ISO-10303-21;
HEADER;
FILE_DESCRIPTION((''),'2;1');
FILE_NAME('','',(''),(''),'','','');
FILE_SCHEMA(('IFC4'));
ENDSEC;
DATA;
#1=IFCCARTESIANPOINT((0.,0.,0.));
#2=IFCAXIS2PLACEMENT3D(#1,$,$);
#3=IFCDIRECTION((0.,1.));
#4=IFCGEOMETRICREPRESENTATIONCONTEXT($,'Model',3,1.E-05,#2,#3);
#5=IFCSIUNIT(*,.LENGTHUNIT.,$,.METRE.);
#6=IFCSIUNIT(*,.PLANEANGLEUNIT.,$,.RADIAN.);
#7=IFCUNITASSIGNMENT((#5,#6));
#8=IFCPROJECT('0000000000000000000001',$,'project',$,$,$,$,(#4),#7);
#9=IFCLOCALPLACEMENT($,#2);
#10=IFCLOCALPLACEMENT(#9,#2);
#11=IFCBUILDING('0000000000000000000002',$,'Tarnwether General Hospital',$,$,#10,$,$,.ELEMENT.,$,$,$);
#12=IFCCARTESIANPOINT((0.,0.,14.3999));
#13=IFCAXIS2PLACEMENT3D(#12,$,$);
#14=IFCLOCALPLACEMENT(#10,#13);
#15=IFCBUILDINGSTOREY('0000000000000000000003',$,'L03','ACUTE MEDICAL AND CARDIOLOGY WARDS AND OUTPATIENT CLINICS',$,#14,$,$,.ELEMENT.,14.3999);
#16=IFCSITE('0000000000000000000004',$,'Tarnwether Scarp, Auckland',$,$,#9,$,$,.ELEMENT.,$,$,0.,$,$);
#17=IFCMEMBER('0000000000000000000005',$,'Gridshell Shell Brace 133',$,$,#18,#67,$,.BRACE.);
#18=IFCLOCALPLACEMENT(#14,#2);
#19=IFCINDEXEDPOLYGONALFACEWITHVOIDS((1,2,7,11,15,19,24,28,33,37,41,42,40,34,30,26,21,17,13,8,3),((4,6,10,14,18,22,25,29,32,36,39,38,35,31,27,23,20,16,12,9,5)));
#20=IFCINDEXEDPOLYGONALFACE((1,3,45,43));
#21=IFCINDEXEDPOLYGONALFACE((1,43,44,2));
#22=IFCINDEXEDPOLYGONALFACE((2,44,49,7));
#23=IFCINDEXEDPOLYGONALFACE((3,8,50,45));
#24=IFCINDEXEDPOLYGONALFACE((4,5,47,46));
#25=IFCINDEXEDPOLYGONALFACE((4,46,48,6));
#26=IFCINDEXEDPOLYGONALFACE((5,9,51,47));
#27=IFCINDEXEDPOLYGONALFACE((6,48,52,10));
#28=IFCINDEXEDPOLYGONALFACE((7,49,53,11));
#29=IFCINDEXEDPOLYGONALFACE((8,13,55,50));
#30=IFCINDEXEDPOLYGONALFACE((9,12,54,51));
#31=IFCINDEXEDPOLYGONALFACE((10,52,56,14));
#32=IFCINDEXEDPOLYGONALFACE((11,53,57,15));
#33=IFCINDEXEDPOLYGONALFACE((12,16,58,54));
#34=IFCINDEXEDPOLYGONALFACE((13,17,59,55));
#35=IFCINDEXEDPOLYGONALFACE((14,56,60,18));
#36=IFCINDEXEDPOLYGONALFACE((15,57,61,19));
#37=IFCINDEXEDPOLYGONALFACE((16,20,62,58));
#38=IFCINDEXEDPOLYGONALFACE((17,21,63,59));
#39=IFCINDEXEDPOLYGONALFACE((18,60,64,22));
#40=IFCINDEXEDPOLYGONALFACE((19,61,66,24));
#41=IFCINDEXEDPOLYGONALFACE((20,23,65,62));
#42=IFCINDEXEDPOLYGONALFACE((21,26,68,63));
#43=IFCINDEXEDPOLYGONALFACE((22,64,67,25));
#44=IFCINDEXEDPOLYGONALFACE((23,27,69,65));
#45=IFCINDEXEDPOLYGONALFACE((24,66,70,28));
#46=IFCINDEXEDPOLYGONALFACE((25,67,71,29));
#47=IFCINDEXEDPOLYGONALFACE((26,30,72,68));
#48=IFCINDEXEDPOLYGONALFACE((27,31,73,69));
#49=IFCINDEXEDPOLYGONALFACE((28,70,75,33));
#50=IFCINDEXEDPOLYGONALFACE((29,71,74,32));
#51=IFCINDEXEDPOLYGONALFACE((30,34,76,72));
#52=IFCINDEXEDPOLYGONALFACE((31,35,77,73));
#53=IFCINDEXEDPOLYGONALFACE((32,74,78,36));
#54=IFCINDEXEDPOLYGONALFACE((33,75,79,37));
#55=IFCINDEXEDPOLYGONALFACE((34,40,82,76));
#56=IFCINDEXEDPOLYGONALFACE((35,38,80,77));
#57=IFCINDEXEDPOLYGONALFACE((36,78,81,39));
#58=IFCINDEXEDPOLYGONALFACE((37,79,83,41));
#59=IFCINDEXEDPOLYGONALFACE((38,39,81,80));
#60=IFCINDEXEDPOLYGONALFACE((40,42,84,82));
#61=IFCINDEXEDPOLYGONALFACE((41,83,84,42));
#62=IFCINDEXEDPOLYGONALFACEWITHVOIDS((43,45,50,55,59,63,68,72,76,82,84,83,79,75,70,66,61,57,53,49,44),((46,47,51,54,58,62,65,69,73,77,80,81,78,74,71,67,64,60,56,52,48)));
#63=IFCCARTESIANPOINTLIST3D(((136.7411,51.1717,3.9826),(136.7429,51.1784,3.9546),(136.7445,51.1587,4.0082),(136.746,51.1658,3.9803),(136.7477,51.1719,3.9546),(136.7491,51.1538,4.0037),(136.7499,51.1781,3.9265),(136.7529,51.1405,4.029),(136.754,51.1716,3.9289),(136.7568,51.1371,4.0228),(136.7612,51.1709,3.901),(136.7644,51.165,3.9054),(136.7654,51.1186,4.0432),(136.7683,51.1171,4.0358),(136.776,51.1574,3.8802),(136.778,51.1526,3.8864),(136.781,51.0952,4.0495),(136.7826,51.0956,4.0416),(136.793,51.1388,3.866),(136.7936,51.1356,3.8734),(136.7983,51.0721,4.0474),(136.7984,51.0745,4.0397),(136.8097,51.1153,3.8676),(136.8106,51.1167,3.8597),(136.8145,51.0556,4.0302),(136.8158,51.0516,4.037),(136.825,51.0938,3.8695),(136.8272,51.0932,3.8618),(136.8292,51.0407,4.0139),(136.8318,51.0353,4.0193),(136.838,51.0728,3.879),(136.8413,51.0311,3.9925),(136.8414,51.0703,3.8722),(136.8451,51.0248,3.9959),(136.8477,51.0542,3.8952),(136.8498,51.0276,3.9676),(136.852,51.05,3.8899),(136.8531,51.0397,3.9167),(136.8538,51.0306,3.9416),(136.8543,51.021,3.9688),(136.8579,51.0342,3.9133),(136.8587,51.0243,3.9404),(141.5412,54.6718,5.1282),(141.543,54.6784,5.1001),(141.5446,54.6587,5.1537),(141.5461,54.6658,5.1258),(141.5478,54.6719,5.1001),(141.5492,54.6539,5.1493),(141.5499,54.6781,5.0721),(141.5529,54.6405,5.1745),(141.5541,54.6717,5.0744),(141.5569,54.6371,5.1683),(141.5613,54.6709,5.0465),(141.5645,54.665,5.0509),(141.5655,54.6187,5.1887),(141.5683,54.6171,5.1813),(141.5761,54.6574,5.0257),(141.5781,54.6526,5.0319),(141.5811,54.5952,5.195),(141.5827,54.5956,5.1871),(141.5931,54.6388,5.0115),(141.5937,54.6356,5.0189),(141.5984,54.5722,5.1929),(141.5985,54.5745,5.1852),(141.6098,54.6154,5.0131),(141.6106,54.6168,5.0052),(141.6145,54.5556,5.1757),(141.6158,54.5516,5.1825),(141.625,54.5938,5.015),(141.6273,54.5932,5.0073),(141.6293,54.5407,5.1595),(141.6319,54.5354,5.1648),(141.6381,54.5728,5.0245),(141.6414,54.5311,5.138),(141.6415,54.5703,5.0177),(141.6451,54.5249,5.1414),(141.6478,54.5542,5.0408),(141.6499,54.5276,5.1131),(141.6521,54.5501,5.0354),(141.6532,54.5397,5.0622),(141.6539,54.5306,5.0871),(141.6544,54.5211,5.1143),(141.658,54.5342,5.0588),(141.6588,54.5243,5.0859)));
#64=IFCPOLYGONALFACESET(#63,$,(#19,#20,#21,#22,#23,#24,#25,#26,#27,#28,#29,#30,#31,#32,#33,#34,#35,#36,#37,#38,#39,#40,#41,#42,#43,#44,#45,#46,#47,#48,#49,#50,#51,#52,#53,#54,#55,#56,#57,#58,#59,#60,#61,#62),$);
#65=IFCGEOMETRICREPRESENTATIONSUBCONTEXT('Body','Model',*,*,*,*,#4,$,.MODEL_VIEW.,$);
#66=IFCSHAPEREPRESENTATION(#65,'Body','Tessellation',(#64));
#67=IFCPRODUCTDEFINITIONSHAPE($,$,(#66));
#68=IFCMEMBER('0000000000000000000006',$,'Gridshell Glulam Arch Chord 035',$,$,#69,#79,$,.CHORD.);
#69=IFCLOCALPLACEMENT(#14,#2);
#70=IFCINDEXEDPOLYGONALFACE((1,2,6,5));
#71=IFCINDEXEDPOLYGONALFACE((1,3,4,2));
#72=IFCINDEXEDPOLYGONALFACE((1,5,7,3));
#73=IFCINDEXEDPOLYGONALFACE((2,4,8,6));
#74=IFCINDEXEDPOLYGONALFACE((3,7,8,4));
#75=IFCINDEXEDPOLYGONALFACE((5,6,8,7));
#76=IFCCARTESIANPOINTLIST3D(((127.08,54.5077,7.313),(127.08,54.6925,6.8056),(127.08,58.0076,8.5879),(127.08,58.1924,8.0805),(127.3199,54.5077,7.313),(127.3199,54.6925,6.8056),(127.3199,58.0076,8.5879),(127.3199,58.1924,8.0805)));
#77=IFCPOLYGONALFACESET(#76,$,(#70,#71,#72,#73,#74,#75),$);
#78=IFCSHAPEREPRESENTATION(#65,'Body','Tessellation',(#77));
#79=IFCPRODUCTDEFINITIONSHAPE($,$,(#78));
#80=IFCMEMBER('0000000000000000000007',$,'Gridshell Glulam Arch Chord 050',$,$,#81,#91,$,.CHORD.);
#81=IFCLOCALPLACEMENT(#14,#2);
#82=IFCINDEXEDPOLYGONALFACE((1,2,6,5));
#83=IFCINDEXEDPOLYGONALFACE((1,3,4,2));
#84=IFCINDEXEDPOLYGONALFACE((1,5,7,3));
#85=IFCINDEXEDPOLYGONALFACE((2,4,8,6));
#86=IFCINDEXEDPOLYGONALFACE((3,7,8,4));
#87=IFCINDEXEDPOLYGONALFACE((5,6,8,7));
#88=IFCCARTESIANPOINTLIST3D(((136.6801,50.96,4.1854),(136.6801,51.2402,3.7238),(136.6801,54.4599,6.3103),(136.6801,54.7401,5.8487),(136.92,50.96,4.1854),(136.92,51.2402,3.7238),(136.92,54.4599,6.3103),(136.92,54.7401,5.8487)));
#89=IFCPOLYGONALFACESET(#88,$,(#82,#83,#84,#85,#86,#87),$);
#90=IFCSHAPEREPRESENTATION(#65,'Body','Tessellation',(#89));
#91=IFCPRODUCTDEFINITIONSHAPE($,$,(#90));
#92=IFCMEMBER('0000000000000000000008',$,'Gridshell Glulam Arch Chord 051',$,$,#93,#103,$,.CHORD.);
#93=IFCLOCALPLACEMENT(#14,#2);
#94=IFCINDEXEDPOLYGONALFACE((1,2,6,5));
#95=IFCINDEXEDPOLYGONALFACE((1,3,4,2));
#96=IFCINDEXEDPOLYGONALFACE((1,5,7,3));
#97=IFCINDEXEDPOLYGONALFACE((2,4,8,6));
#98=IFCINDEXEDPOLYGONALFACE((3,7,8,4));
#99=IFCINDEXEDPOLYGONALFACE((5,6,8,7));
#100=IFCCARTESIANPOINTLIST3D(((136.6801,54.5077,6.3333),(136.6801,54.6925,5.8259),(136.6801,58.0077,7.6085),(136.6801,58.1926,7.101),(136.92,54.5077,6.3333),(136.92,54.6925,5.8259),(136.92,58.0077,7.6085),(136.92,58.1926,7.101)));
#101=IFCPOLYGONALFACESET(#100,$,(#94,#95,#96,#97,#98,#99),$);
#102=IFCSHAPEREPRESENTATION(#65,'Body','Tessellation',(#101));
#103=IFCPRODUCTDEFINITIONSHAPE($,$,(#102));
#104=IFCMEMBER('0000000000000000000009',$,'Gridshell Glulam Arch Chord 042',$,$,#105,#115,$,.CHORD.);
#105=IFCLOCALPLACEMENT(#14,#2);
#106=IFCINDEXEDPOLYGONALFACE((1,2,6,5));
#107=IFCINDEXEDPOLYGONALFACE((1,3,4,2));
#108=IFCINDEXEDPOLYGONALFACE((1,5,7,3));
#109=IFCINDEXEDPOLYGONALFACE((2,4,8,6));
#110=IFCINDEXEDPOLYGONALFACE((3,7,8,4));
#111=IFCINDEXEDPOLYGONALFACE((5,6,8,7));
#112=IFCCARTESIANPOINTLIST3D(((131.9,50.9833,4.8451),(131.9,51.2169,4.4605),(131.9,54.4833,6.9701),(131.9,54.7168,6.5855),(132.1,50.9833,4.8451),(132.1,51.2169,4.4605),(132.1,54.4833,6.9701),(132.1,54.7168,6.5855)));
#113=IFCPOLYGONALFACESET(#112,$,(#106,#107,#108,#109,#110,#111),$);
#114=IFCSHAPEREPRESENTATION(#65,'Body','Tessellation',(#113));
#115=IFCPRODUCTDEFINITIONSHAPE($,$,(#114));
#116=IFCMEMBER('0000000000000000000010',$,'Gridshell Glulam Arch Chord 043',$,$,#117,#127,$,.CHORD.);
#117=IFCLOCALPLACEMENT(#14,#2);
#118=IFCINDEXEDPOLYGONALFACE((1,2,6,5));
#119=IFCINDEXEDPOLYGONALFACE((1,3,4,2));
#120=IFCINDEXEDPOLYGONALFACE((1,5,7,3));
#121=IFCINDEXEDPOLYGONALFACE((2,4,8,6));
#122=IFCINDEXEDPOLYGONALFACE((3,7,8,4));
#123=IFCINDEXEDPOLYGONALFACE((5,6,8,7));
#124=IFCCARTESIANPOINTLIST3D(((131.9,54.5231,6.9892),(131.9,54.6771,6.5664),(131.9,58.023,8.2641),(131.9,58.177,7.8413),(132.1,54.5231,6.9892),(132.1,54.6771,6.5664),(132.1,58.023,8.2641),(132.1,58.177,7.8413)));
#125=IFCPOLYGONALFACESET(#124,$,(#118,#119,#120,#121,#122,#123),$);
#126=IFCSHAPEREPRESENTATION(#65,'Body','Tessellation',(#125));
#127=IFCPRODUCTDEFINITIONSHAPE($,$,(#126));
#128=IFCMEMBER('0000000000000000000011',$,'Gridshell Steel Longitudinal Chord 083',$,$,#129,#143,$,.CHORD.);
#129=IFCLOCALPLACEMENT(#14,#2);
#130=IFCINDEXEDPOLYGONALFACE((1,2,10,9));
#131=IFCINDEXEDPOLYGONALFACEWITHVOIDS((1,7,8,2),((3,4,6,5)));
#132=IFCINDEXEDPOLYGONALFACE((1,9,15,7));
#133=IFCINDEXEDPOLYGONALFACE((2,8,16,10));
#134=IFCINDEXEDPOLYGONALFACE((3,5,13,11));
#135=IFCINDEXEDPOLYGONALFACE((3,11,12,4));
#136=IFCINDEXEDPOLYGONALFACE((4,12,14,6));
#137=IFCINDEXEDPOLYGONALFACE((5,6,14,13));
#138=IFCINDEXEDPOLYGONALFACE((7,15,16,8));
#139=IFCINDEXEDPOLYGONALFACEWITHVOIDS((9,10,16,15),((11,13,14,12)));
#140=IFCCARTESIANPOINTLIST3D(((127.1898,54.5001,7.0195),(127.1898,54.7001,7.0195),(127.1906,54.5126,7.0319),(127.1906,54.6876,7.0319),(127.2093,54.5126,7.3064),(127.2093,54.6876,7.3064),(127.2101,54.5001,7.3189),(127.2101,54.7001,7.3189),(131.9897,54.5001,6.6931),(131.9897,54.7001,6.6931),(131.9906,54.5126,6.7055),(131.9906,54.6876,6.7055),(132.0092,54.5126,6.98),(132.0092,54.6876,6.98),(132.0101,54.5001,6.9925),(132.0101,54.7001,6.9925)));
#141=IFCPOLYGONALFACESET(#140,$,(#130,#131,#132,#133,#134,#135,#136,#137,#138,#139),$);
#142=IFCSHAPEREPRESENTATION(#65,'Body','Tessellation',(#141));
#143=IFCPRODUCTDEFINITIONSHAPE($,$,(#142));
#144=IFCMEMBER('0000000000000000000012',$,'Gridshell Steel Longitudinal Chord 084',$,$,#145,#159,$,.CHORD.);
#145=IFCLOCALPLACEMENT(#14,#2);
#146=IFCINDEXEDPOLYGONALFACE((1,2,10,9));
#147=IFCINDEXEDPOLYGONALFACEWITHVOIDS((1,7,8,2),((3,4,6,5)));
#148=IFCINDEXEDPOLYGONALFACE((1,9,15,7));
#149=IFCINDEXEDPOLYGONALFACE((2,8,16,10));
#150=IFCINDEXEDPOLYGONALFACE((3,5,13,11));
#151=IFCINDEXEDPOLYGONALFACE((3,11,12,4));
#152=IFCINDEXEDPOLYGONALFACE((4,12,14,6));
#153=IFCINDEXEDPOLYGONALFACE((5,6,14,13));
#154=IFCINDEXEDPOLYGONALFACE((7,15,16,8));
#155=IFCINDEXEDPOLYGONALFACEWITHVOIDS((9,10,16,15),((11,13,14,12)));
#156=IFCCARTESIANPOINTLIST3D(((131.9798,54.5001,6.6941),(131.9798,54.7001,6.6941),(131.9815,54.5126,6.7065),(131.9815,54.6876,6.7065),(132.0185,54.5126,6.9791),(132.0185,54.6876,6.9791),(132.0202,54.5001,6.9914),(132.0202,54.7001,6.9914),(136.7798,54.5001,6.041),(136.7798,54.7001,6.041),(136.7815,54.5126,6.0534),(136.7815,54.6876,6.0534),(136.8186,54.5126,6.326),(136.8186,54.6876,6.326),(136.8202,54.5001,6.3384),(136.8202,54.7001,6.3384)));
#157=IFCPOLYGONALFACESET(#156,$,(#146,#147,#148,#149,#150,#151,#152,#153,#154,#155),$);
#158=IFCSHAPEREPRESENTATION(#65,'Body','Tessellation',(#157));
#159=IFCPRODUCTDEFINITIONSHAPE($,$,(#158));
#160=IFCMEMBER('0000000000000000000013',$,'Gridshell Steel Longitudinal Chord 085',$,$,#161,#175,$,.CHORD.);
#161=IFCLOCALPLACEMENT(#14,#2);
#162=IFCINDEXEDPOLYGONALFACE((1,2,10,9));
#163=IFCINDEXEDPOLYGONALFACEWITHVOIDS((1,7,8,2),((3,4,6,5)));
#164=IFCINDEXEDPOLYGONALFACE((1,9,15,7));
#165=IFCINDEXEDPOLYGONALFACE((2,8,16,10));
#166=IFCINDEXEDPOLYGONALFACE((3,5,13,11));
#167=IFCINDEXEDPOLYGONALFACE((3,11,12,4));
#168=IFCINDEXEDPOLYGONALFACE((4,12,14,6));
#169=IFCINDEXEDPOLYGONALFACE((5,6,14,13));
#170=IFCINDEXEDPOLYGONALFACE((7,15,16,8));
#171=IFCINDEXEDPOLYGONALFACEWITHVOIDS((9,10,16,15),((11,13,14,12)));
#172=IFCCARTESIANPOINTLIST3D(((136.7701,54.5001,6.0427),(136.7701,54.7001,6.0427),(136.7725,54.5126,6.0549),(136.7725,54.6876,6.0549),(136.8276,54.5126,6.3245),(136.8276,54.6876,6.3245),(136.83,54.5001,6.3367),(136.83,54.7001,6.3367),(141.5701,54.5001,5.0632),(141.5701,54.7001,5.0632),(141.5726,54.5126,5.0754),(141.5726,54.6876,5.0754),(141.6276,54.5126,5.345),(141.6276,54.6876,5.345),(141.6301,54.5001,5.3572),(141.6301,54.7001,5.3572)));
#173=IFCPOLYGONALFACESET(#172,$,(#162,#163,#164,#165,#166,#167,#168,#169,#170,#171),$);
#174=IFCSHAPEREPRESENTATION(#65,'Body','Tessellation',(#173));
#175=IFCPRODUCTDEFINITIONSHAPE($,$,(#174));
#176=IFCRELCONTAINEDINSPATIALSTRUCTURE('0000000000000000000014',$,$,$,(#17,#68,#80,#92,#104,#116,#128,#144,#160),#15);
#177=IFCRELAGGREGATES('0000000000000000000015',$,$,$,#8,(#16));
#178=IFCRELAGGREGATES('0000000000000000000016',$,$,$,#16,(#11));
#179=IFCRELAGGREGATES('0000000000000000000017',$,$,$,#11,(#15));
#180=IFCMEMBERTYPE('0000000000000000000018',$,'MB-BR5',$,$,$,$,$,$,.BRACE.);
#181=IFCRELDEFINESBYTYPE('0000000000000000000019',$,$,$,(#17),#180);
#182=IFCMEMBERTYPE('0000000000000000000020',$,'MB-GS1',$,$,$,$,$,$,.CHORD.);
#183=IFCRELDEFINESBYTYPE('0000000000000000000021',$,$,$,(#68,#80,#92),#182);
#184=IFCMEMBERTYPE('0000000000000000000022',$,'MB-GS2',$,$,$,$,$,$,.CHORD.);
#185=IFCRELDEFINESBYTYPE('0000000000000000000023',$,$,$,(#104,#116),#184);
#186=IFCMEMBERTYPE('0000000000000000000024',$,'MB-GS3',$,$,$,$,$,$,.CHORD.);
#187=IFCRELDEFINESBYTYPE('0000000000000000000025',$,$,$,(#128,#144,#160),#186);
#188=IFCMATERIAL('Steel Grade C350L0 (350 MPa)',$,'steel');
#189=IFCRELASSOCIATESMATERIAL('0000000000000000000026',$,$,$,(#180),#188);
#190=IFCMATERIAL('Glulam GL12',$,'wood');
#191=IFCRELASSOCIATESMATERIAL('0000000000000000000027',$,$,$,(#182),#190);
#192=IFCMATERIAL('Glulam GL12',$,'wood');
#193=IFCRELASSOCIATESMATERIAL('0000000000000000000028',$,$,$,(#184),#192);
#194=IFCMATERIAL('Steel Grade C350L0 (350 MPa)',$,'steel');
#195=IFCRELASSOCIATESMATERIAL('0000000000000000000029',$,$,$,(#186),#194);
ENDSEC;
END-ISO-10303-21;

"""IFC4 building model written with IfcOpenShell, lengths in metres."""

from ifc_helpers import new_model, si_unit, direction, frame, origin, origin_2d, place, context, subcontext, project, spatial, rectangle, hollow_rectangle, hollow_circle, extrude, material, material_profile, profile_set, type_object, element, save


model = new_model("IFC4")

# Units and contexts
model_context = context("Model", 3, precision=1e-05, world=origin(), true_north=direction((0.0, 1.0)))
body_context = subcontext(model_context, "Body", "Model", "MODEL_VIEW")
ifc_project = project(units=[si_unit("LENGTHUNIT", "METRE"), si_unit("PLANEANGLEUNIT", "RADIAN")], contexts=[model_context])

# Site, building, storey
site_placement = place(None, origin())
site = spatial("IfcSite", under=ifc_project, at=site_placement, Name="Tarnwether Scarp, Auckland", CompositionType="ELEMENT", RefElevation=0.0)
building_placement = place(site_placement, origin())
building = spatial("IfcBuilding", under=site, at=building_placement, Name="Tarnwether General Hospital", CompositionType="ELEMENT")
storey_placement = place(building_placement, frame((0.0, 0.0, 14.3999)))
storey = spatial("IfcBuildingStorey", under=building, at=storey_placement, Name="L03", Description="ACUTE MEDICAL AND CARDIOLOGY WARDS AND OUTPATIENT CLINICS", CompositionType="ELEMENT", Elevation=14.3999)

# Members
ifc_material_1 = material(Name="Steel Grade C350L0 (350 MPa)", Category="steel")
ifc_material_profile_1 = material_profile(ifc_material_1, hollow_circle(Radius=0.0969, WallThickness=0.0081, at=origin_2d()), Name="CHS193.7x8.0")
ifc_profile_set_1 = profile_set([ifc_material_profile_1], Name="Steel Grade C350L0 (350 MPa)")
member_type_1 = type_object("IfcMemberType", Name="MB-BR5", PredefinedType="BRACE", material=ifc_profile_set_1)
member_1_placement = place(storey_placement, frame((136.8, 51.1001, 3.9546), z_axis=(0.793395, 0.578511, 0.18934), x_axis=(-0.589168, 0.80801, 0.0)))
element("IfcMember", 1, at=member_1_placement, inside=storey, type_object=member_type_1, Name="Gridshell Shell Brace 133", PredefinedType="BRACE", context=body_context, shape_type="SweptSolid", body=[
    extrude(hollow_circle(Radius=0.0969, WallThickness=0.0081, at=origin_2d()), origin(), (0.0, 0.0, 1.0), 6.05),
])
ifc_material_2 = material(Name="Glulam GL12", Category="wood")
ifc_material_profile_2 = material_profile(ifc_material_2, rectangle(XDim=0.24, YDim=0.54, at=origin_2d()), Name="GL12-240x540")
ifc_profile_set_2 = profile_set([ifc_material_profile_2], Name="Glulam GL12")
member_type_2 = type_object("IfcMemberType", Name="MB-GS1", PredefinedType="CHORD", material=ifc_profile_set_2)
member_2_placement = place(storey_placement, frame((127.2, 54.6001, 7.0593), z_axis=(0.0, 0.939606, 0.342259), x_axis=(-1.0, 0.0, 0.0)))
element("IfcMember", 2, at=member_2_placement, inside=storey, type_object=member_type_2, Name="Gridshell Glulam Arch Chord 035", PredefinedType="CHORD", context=body_context, shape_type="SweptSolid", body=[
    extrude(rectangle(XDim=0.24, YDim=0.54, at=origin_2d()), origin(), (0.0, 0.0, 1.0), 3.7249),
])
member_3_placement = place(storey_placement, frame((136.8, 51.1001, 3.9546), z_axis=(0.0, 0.854788, 0.518978), x_axis=(-1.0, 0.0, 0.0)))
element("IfcMember", 3, at=member_3_placement, inside=storey, type_object=member_type_2, Name="Gridshell Glulam Arch Chord 050", PredefinedType="CHORD", context=body_context, shape_type="SweptSolid", body=[
    extrude(rectangle(XDim=0.24, YDim=0.54, at=origin_2d()), origin(), (0.0, 0.0, 1.0), 4.0945),
])
member_4_placement = place(storey_placement, frame((136.8, 54.6001, 6.0796), z_axis=(0.0, 0.939585, 0.342317), x_axis=(-1.0, 0.0, 0.0)))
element("IfcMember", 4, at=member_4_placement, inside=storey, type_object=member_type_2, Name="Gridshell Glulam Arch Chord 051", PredefinedType="CHORD", context=body_context, shape_type="SweptSolid", body=[
    extrude(rectangle(XDim=0.24, YDim=0.54, at=origin_2d()), origin(), (0.0, 0.0, 1.0), 3.7251),
])
ifc_material_3 = material(Name="Glulam GL12", Category="wood")
ifc_material_profile_3 = material_profile(ifc_material_3, rectangle(XDim=0.2, YDim=0.45, at=origin_2d()), Name="GL12-200x450")
ifc_profile_set_3 = profile_set([ifc_material_profile_3], Name="Glulam GL12")
member_type_3 = type_object("IfcMemberType", Name="MB-GS2", PredefinedType="CHORD", material=ifc_profile_set_3)
member_5_placement = place(storey_placement, frame((132.0, 51.1001, 4.6528), z_axis=(0.0, 0.854788, 0.518978), x_axis=(-1.0, 0.0, 0.0)))
element("IfcMember", 5, at=member_5_placement, inside=storey, type_object=member_type_3, Name="Gridshell Glulam Arch Chord 042", PredefinedType="CHORD", context=body_context, shape_type="SweptSolid", body=[
    extrude(rectangle(XDim=0.2, YDim=0.45, at=origin_2d()), origin(), (0.0, 0.0, 1.0), 4.0945),
])
member_6_placement = place(storey_placement, frame((132.0, 54.6001, 6.7778), z_axis=(0.0, 0.939606, 0.342259), x_axis=(-1.0, 0.0, 0.0)))
element("IfcMember", 6, at=member_6_placement, inside=storey, type_object=member_type_3, Name="Gridshell Glulam Arch Chord 043", PredefinedType="CHORD", context=body_context, shape_type="SweptSolid", body=[
    extrude(rectangle(XDim=0.2, YDim=0.45, at=origin_2d()), origin(), (0.0, 0.0, 1.0), 3.7249),
])
ifc_material_4 = material(Name="Steel Grade C350L0 (350 MPa)", Category="steel")
ifc_material_profile_4 = material_profile(ifc_material_4, hollow_rectangle(XDim=0.2, YDim=0.3, WallThickness=0.0125, at=origin_2d()), Name="RHS300x200x12.5")
ifc_profile_set_4 = profile_set([ifc_material_profile_4], Name="Steel Grade C350L0 (350 MPa)")
member_type_4 = type_object("IfcMemberType", Name="MB-GS3", PredefinedType="CHORD", material=ifc_profile_set_4)
member_7_placement = place(storey_placement, frame((127.2, 54.6001, 7.1692), z_axis=(0.997696, 0.0, -0.067846), x_axis=(0.0, 1.0, 0.0)))
element("IfcMember", 7, at=member_7_placement, inside=storey, type_object=member_type_4, Name="Gridshell Steel Longitudinal Chord 083", PredefinedType="CHORD", context=body_context, shape_type="SweptSolid", body=[
    extrude(hollow_rectangle(XDim=0.2, YDim=0.3, WallThickness=0.0125, at=origin_2d()), origin(), (0.0, 0.0, 1.0), 4.811),
])
member_8_placement = place(storey_placement, frame((132.0, 54.6001, 6.8428), z_axis=(0.990871, 0.0, -0.134814), x_axis=(0.0, 1.0, 0.0)))
element("IfcMember", 8, at=member_8_placement, inside=storey, type_object=member_type_4, Name="Gridshell Steel Longitudinal Chord 084", PredefinedType="CHORD", context=body_context, shape_type="SweptSolid", body=[
    extrude(hollow_rectangle(XDim=0.2, YDim=0.3, WallThickness=0.0125, at=origin_2d()), origin(), (0.0, 0.0, 1.0), 4.8442),
])
member_9_placement = place(storey_placement, frame((136.8, 54.6001, 6.1897), z_axis=(0.979808, 0.0, -0.199939), x_axis=(0.0, 1.0, 0.0)))
element("IfcMember", 9, at=member_9_placement, inside=storey, type_object=member_type_4, Name="Gridshell Steel Longitudinal Chord 085", PredefinedType="CHORD", context=body_context, shape_type="SweptSolid", body=[
    extrude(hollow_rectangle(XDim=0.2, YDim=0.3, WallThickness=0.0125, at=origin_2d()), origin(), (0.0, 0.0, 1.0), 4.8989),
])

save(model, "model.ifc")
